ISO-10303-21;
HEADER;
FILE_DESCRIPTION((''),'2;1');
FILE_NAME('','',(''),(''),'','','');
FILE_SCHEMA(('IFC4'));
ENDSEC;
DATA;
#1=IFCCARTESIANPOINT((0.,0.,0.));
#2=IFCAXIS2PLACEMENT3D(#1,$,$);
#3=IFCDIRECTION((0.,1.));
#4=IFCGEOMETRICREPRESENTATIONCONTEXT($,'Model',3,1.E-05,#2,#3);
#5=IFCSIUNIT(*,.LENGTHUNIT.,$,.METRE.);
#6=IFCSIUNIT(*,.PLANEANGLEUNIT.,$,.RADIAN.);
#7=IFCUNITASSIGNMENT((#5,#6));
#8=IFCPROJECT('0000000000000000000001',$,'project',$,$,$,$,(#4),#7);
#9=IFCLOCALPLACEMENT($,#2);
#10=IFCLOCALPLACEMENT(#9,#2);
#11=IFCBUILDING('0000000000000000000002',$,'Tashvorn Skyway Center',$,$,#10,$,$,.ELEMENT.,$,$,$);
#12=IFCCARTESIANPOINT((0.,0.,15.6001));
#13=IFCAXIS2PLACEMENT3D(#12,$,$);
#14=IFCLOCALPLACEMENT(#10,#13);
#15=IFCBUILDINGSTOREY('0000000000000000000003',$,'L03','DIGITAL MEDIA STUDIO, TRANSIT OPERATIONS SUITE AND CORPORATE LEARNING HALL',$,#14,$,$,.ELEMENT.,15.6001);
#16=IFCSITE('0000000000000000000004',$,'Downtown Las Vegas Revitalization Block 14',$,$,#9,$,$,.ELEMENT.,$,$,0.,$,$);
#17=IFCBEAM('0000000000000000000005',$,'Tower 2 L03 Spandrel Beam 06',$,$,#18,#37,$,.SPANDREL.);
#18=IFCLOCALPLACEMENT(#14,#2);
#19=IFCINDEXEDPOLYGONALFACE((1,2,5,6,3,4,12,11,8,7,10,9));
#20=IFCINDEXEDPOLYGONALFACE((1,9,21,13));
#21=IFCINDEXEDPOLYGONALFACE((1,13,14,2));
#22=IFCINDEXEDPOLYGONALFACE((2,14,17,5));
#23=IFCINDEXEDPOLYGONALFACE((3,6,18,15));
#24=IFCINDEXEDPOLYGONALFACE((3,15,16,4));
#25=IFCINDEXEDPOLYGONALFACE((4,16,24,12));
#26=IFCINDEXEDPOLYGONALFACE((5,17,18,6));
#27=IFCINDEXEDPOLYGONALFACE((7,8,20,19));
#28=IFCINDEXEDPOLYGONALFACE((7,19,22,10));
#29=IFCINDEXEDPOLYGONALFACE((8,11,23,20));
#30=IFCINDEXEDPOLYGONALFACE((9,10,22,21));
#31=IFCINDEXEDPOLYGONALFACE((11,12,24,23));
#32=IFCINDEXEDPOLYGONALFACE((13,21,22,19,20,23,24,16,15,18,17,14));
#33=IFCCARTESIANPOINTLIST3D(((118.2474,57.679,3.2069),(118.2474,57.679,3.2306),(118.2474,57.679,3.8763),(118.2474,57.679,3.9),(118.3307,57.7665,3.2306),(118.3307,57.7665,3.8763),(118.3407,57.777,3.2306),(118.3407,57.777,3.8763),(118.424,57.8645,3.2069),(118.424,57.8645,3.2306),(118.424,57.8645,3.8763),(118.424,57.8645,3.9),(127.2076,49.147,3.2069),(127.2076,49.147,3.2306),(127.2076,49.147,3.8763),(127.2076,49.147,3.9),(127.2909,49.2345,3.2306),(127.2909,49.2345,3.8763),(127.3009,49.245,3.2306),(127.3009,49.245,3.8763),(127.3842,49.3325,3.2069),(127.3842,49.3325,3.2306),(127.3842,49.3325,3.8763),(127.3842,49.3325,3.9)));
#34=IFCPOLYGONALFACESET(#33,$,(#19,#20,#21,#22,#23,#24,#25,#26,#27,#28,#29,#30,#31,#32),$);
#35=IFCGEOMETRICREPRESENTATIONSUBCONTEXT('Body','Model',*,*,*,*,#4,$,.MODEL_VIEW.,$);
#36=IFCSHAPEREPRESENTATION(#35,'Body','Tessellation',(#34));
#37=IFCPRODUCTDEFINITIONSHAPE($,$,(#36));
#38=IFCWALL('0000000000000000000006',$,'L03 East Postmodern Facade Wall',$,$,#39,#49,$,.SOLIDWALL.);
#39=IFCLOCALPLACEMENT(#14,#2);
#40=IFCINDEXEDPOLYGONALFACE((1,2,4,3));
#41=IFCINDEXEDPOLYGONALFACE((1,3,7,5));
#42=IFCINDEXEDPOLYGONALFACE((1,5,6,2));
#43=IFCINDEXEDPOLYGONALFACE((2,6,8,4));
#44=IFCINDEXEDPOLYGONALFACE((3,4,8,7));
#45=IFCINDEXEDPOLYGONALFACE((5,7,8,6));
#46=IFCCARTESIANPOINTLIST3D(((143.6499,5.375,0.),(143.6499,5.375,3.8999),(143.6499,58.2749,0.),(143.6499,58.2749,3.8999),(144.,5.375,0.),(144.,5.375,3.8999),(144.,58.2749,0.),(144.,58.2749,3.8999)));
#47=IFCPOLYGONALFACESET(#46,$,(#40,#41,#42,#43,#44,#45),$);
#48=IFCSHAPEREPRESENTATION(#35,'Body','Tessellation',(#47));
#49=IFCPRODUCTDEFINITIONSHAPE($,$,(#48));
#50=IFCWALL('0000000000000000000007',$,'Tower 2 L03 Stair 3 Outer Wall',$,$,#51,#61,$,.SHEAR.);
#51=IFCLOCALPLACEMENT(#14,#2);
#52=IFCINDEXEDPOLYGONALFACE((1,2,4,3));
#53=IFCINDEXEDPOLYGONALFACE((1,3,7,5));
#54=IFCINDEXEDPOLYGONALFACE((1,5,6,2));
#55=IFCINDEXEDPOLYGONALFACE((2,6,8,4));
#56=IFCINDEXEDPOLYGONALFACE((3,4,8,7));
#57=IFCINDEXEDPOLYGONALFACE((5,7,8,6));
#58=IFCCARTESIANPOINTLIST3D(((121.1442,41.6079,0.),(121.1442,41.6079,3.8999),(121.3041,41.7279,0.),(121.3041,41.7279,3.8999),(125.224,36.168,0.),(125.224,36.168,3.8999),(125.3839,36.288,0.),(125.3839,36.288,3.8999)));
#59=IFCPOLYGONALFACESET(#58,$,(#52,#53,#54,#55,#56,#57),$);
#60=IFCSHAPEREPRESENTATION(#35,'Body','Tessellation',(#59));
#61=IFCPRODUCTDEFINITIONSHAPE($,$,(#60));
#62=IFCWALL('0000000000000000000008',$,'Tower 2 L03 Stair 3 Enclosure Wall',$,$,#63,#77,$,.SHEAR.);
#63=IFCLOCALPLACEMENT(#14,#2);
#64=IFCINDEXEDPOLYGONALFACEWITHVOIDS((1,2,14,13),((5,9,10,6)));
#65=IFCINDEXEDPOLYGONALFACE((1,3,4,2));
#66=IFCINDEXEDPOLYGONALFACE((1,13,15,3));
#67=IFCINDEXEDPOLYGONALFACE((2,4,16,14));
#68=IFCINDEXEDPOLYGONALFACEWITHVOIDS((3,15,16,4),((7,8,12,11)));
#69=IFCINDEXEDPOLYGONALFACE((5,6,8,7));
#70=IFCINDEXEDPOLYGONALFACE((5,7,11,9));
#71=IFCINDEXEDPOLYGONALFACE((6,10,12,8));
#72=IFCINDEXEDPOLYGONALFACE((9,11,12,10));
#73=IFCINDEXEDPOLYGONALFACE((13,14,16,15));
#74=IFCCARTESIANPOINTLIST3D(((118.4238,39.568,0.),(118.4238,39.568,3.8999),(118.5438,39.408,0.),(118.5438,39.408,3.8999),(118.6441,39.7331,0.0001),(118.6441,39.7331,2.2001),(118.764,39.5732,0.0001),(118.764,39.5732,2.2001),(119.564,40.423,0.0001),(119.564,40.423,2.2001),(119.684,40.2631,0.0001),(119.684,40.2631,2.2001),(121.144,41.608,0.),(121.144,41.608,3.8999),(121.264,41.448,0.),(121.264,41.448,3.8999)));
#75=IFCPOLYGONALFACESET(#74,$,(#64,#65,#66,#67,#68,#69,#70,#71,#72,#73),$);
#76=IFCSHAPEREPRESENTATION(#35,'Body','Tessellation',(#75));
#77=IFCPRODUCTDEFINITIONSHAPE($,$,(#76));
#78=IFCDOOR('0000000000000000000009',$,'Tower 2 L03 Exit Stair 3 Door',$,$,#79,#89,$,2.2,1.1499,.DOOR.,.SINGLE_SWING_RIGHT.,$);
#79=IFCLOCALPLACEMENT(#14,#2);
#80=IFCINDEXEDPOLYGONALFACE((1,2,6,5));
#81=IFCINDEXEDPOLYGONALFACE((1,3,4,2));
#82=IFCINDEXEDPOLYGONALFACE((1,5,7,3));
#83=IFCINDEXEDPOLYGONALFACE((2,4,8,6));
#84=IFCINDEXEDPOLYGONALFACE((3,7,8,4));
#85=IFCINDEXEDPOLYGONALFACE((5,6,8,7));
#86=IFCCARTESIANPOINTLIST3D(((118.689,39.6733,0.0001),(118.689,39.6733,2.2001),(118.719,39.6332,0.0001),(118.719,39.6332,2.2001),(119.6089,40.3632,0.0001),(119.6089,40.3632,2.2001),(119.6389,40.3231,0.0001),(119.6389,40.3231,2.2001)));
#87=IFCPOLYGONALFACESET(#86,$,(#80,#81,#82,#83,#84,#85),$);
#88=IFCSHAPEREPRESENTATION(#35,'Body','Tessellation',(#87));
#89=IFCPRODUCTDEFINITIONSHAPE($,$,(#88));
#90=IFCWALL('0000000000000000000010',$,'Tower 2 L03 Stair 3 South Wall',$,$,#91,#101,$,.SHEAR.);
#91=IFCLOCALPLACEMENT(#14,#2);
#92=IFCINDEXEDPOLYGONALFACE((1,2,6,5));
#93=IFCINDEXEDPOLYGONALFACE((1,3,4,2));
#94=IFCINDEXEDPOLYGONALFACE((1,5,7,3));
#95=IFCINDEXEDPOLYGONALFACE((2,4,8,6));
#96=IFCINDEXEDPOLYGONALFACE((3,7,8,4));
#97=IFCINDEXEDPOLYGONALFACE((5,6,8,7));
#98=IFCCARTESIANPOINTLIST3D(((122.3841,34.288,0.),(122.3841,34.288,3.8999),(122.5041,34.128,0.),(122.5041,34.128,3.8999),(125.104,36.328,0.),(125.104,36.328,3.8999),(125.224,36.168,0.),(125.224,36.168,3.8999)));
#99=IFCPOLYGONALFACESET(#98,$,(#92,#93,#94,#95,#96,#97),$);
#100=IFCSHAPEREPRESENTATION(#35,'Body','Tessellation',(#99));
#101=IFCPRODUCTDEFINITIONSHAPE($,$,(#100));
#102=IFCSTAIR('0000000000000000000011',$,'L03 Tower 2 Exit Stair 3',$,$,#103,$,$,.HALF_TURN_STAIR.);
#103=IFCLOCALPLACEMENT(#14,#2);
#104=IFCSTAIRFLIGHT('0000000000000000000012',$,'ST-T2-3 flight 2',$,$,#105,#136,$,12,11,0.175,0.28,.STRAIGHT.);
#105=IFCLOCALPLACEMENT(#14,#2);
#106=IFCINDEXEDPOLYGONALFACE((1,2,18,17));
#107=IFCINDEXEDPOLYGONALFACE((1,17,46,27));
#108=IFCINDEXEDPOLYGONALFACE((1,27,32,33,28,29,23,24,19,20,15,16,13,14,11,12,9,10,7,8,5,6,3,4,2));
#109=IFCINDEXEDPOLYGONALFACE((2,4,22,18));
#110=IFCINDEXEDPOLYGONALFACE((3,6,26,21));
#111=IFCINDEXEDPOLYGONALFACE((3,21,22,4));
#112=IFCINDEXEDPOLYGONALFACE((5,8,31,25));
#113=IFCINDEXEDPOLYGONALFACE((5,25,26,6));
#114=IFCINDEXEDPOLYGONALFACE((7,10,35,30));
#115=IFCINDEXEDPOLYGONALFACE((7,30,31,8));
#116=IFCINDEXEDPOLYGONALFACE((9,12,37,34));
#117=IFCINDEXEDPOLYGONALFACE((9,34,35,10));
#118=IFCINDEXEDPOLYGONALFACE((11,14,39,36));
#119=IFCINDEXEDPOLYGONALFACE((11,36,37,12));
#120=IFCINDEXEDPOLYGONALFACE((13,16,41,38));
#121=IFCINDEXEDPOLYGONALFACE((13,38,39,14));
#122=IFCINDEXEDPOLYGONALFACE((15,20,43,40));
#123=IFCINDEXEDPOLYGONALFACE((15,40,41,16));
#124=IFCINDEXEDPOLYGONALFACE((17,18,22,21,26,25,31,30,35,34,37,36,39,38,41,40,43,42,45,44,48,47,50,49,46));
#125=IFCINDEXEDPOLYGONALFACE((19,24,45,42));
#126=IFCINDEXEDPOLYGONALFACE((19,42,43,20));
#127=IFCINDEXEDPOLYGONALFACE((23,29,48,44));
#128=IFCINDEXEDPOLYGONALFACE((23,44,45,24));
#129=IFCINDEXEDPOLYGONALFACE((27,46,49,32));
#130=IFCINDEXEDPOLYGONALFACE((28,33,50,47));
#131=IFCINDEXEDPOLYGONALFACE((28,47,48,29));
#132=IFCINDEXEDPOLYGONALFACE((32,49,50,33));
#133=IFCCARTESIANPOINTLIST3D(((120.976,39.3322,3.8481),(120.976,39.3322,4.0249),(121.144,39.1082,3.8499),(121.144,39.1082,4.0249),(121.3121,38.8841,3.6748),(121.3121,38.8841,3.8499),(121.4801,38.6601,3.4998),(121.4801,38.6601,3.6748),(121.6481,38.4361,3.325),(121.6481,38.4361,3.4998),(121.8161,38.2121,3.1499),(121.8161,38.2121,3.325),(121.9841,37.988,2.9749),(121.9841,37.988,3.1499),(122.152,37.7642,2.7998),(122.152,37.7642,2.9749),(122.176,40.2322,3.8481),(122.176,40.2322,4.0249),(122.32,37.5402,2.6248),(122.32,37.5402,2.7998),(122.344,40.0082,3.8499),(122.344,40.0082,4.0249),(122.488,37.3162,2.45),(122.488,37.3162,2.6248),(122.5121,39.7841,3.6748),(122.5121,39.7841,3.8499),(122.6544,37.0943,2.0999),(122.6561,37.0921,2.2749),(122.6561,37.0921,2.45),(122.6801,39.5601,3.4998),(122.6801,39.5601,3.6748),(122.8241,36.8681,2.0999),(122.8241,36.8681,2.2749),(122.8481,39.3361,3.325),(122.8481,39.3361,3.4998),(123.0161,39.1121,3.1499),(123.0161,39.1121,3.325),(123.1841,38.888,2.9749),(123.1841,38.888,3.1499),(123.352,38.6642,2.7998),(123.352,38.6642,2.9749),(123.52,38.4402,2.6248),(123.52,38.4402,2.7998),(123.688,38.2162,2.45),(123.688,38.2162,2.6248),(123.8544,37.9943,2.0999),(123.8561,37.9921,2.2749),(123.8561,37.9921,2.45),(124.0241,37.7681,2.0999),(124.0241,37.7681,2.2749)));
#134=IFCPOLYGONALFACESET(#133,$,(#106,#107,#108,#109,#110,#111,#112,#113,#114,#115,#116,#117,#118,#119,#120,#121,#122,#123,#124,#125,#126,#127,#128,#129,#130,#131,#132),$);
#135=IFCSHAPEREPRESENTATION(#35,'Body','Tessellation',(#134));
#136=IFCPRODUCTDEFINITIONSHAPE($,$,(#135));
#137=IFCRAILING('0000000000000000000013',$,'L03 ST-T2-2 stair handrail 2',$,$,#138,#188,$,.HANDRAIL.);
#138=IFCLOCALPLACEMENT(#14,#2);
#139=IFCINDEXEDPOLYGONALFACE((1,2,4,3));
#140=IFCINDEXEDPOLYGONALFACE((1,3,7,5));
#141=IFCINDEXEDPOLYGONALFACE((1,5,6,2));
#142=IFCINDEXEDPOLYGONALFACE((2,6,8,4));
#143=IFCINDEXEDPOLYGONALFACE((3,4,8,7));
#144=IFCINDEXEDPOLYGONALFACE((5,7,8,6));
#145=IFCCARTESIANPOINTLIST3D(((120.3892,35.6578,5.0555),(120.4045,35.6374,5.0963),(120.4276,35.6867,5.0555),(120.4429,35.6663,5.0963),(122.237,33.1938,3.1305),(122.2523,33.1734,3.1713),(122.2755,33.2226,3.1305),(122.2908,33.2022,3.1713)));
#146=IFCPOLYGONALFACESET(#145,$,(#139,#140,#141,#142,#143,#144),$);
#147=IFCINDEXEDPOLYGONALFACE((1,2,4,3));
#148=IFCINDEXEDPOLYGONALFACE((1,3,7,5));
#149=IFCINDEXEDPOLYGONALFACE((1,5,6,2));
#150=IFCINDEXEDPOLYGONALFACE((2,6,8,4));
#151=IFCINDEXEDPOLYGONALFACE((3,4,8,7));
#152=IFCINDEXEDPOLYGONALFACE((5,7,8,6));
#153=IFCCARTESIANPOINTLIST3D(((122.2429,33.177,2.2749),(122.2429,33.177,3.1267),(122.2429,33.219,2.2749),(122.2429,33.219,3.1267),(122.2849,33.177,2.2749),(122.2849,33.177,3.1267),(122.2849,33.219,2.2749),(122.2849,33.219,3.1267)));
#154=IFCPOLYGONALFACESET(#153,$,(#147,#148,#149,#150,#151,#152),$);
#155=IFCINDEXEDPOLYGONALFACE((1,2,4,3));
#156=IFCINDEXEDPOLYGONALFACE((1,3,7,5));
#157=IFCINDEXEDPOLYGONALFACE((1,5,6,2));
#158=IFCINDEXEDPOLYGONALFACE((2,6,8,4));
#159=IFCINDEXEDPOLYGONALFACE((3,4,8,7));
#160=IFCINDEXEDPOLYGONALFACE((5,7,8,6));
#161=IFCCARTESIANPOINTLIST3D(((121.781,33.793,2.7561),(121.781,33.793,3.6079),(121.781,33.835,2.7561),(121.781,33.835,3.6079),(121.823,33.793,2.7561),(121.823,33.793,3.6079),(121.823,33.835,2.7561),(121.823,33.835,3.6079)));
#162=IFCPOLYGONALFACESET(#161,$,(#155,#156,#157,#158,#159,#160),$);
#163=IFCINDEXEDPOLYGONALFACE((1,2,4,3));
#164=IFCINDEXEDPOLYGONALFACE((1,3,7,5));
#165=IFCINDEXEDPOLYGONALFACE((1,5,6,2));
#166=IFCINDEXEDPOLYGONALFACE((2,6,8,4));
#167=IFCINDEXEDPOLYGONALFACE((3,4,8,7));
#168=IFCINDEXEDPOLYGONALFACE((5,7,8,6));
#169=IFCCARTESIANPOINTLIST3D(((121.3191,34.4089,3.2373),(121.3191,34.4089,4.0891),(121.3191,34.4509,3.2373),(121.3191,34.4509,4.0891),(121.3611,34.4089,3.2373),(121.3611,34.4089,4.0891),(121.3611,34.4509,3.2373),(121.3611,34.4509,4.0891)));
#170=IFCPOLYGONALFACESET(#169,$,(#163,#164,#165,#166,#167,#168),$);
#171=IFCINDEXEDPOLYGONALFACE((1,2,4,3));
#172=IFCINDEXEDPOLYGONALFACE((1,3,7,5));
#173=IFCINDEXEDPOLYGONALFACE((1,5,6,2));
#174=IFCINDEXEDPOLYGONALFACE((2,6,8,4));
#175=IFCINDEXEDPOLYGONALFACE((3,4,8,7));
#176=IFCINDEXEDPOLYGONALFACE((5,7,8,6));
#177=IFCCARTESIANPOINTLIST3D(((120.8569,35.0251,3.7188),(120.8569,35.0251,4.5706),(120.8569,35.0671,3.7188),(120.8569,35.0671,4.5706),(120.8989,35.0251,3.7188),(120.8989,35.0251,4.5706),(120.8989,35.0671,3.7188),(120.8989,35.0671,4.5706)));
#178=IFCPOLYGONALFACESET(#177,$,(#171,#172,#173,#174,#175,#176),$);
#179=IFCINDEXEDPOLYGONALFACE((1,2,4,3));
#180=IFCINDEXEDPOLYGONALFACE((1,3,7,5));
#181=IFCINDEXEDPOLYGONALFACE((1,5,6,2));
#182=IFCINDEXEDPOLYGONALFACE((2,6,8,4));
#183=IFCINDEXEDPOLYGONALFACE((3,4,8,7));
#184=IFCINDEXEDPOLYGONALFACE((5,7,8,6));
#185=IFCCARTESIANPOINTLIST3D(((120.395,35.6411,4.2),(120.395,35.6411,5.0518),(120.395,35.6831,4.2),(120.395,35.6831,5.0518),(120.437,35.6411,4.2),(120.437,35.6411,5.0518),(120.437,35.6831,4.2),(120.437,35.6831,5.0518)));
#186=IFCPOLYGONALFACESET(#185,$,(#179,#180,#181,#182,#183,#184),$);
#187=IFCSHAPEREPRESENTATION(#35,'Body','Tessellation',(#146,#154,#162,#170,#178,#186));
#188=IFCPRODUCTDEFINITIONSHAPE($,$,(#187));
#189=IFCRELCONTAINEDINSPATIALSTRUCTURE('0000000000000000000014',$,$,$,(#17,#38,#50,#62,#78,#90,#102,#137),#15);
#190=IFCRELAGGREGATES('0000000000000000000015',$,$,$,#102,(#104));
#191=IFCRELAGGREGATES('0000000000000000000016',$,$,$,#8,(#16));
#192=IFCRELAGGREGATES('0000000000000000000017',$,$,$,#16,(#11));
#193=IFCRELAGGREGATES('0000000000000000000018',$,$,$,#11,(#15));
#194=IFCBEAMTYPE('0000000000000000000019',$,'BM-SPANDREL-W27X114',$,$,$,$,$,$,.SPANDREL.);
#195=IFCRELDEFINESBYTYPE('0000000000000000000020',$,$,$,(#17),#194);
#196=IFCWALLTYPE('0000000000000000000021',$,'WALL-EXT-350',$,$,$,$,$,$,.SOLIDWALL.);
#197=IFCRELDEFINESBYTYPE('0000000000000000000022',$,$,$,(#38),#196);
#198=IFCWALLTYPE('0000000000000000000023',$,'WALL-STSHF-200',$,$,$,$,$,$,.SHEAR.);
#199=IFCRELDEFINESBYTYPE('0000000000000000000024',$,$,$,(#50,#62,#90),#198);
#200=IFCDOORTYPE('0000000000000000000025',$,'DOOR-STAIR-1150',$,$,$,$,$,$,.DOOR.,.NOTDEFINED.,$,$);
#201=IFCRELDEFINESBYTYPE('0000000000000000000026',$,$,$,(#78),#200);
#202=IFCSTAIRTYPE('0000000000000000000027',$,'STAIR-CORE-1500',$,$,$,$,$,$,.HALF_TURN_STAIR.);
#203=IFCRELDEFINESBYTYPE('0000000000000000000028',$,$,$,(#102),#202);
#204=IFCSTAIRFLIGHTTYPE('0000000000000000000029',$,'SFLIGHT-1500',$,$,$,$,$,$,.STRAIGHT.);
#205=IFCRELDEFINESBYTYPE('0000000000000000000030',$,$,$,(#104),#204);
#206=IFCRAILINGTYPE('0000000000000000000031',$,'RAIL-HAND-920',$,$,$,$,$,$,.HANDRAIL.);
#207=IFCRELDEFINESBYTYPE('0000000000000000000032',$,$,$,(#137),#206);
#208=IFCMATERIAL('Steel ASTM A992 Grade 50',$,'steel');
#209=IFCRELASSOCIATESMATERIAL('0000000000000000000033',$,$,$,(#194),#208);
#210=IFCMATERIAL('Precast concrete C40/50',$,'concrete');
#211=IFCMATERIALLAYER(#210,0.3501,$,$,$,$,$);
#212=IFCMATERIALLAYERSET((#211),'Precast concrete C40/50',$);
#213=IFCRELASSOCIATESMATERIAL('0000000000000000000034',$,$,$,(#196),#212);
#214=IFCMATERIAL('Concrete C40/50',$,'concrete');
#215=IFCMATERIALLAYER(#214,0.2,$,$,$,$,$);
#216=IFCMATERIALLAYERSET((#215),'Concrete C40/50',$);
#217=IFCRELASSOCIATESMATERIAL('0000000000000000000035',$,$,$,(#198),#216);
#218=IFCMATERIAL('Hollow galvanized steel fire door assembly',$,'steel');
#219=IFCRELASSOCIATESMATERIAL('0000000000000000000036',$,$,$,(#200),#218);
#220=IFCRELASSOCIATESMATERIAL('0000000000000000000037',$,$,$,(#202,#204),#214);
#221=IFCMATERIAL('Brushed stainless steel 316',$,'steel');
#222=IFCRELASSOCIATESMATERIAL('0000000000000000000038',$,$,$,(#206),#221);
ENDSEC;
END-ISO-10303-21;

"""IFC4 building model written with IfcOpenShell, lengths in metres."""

from ifc_helpers import new_model, si_unit, direction, frame, frame_2d, origin, origin_2d, place, context, subcontext, project, spatial, polyline, rectangle, i_section, outline, extrude, material, layer, layer_set, material_profile, profile_set, type_object, element, fill, aggregate, save


model = new_model("IFC4")

# Units and contexts
model_context = context("Model", 3, precision=1e-05, world=origin(), true_north=direction((0.0, 1.0)))
body_context = subcontext(model_context, "Body", "Model", "MODEL_VIEW")
ifc_project = project(units=[si_unit("LENGTHUNIT", "METRE"), si_unit("PLANEANGLEUNIT", "RADIAN")], contexts=[model_context])

# Site, building, storey
site_placement = place(None, origin())
site = spatial("IfcSite", under=ifc_project, at=site_placement, Name="Downtown Las Vegas Revitalization Block 14", CompositionType="ELEMENT", RefElevation=0.0)
building_placement = place(site_placement, origin())
building = spatial("IfcBuilding", under=site, at=building_placement, Name="Tashvorn Skyway Center", CompositionType="ELEMENT")
storey_placement = place(building_placement, frame((0.0, 0.0, 15.6001)))
storey = spatial("IfcBuildingStorey", under=building, at=storey_placement, Name="L03", Description="DIGITAL MEDIA STUDIO, TRANSIT OPERATIONS SUITE AND CORPORATE LEARNING HALL", CompositionType="ELEMENT", Elevation=15.6001)

# Beam
ifc_material_1 = material(Name="Steel ASTM A992 Grade 50", Category="steel")
ifc_material_profile_1 = material_profile(ifc_material_1, i_section(OverallWidth=0.2561, OverallDepth=0.6931, WebThickness=0.0144, FlangeThickness=0.0237, at=origin_2d()), Name="W27X114")
ifc_profile_set_1 = profile_set([ifc_material_profile_1], Name="Steel ASTM A992 Grade 50")
beam_type_1 = type_object("IfcBeamType", Name="BM-SPANDREL-W27X114", PredefinedType="SPANDREL", material=ifc_profile_set_1)
beam_1_placement = place(storey_placement, frame((127.2959, 49.2397, 3.5535), z_axis=(-0.7242, 0.68959, 0.0), x_axis=(-0.68959, -0.7242, 0.0)))
element("IfcBeam", 1, at=beam_1_placement, inside=storey, type_object=beam_type_1, Name="Tower 2 L03 Spandrel Beam 06", PredefinedType="SPANDREL", context=body_context, shape_type="SweptSolid", body=[
    extrude(i_section(OverallWidth=0.2561, OverallDepth=0.6931, WebThickness=0.0144, FlangeThickness=0.0237, at=origin_2d()), origin(), (0.0, 0.0, 1.0), 12.3726),
])

# Walls
ifc_material_2 = material(Name="Precast concrete C40/50", Category="concrete")
ifc_layer_1 = layer(ifc_material_2, 0.3501)
ifc_layer_set_1 = layer_set([ifc_layer_1], Name="Precast concrete C40/50")
wall_type_1 = type_object("IfcWallType", Name="WALL-EXT-350", PredefinedType="SOLIDWALL", material=ifc_layer_set_1)
wall_1_placement = place(storey_placement, frame((143.825, 58.2749, 0.0), z_axis=(0.0, 0.0, 1.0), x_axis=(0.0, -1.0, 0.0)))
element("IfcWall", 2, at=wall_1_placement, inside=storey, type_object=wall_type_1, Name="L03 East Postmodern Facade Wall", PredefinedType="SOLIDWALL", context=body_context, shape_type="SweptSolid", body=[
    extrude(rectangle(XDim=52.8999, YDim=0.3501, at=frame_2d((26.45, 0.0))), origin(), (0.0, 0.0, 1.0), 3.8999),
])
ifc_material_3 = material(Name="Concrete C40/50", Category="concrete")
ifc_layer_2 = layer(ifc_material_3, 0.2)
ifc_layer_set_2 = layer_set([ifc_layer_2], Name="Concrete C40/50")
wall_type_2 = type_object("IfcWallType", Name="WALL-STSHF-200", PredefinedType="SHEAR", material=ifc_layer_set_2)
wall_2_placement = place(storey_placement, frame((125.304, 36.228, 0.0), z_axis=(0.0, 0.0, 1.0), x_axis=(-0.599989, 0.800009, 0.0)))
element("IfcWall", 3, at=wall_2_placement, inside=storey, type_object=wall_type_2, Name="Tower 2 L03 Stair 3 Outer Wall", PredefinedType="SHEAR", context=body_context, shape_type="SweptSolid", body=[
    extrude(rectangle(XDim=6.7998, YDim=0.2, at=frame_2d((3.3999, 0.0))), origin(), (0.0, 0.0, 1.0), 3.8999),
])

# Wall, opening, door
wall_3_placement = place(storey_placement, frame((121.2041, 41.5281, 0.0), z_axis=(0.0, 0.0, 1.0), x_axis=(-0.800017, -0.599977, 0.0)))
wall_3 = element("IfcWall", 4, at=wall_3_placement, inside=storey, type_object=wall_type_2, Name="Tower 2 L03 Stair 3 Enclosure Wall", PredefinedType="SHEAR", context=body_context, shape_type="SweptSolid", body=[
    extrude(rectangle(XDim=3.4001, YDim=0.2, at=frame_2d((1.7002, 0.0))), origin(), (0.0, 0.0, 1.0), 3.8999),
])
opening_placement = place(wall_3_placement, frame((1.9751, 0.0, 0.0)))
opening = element("IfcOpeningElement", 5, at=opening_placement, cuts=wall_3, PredefinedType="OPENING", context=body_context, shape_type="SweptSolid", body=[
    extrude(rectangle(XDim=1.1499, YDim=2.2, at=frame_2d((0.575, 1.1001))), frame((0.0, 0.1099, 0.0), z_axis=(0.0, -1.0, 0.0), x_axis=(1.0, 0.0, 0.0)), (0.0, 0.0, 1.0), 0.22),
])
ifc_material_4 = material(Name="Hollow galvanized steel fire door assembly", Category="steel")
door_type = type_object("IfcDoorType", Name="DOOR-STAIR-1150", OperationType="NOTDEFINED", PredefinedType="DOOR", material=ifc_material_4)
door_placement = place(opening_placement, origin())
door = element("IfcDoor", 6, at=door_placement, inside=storey, type_object=door_type, Name="Tower 2 L03 Exit Stair 3 Door", OperationType="SINGLE_SWING_RIGHT", OverallHeight=2.2, OverallWidth=1.1499, PredefinedType="DOOR", context=body_context, shape_type="SweptSolid", body=[
    extrude(rectangle(XDim=1.1499, YDim=2.2, at=frame_2d((0.575, 1.1001))), frame((0.0, 0.0249, 0.0), z_axis=(0.0, -1.0, 0.0), x_axis=(1.0, 0.0, 0.0)), (0.0, 0.0, 1.0), 0.05),
])
fill(opening, door)

# Wall
wall_4_placement = place(storey_placement, frame((122.4441, 34.208, 0.0), z_axis=(0.0, 0.0, 1.0), x_axis=(0.799991, 0.600011, 0.0)))
element("IfcWall", 7, at=wall_4_placement, inside=storey, type_object=wall_type_2, Name="Tower 2 L03 Stair 3 South Wall", PredefinedType="SHEAR", context=body_context, shape_type="SweptSolid", body=[
    extrude(rectangle(XDim=3.3999, YDim=0.2, at=frame_2d((1.7, 0.0))), origin(), (0.0, 0.0, 1.0), 3.8999),
])

# Stair, stair flight
stair_type = type_object("IfcStairType", Name="STAIR-CORE-1500", PredefinedType="HALF_TURN_STAIR", material=ifc_material_3)
stair_placement = place(storey_placement, origin())
stair = element("IfcStair", 8, at=stair_placement, inside=storey, type_object=stair_type, Name="L03 Tower 2 Exit Stair 3", PredefinedType="HALF_TURN_STAIR")
stair_flight_type = type_object("IfcStairFlightType", Name="SFLIGHT-1500", PredefinedType="STRAIGHT", material=ifc_material_3)
stair_flight_placement = place(storey_placement, frame((123.4241, 37.3181, 2.0999), z_axis=(0.0, 0.0, 1.0), x_axis=(-0.6, 0.8, 0.0)))
stair_flight = element("IfcStairFlight", 9, at=stair_flight_placement, type_object=stair_flight_type, Name="ST-T2-3 flight 2", NumberOfRisers=12, NumberOfTreads=11, PredefinedType="STRAIGHT", RiserHeight=0.175, TreadLength=0.28, context=body_context, shape_type="SweptSolid", body=[
    extrude(outline(polyline([(0.0, 0.0), (0.0, 0.175), (0.28, 0.175), (0.28, 0.3501), (0.5601, 0.3501), (0.5601, 0.5249), (0.8401, 0.5249), (0.8401, 0.7), (1.1201, 0.7), (1.1201, 0.875), (1.3999, 0.875), (1.3999, 1.05), (1.6799, 1.05), (1.6799, 1.2251), (1.96, 1.2251), (1.96, 1.3999), (2.24, 1.3999), (2.24, 1.575), (2.52, 1.575), (2.52, 1.75), (2.8, 1.75), (2.8, 1.925), (3.0801, 1.925), (3.0801, 2.1001), (3.0801, 1.7483), (0.2827, 0.0), (0.0, 0.0)])), frame((0.0, 0.75, 0.0), z_axis=(0.0, -1.0, 0.0), x_axis=(1.0, 0.0, 0.0)), (0.0, 0.0, 1.0), 1.5),
])
aggregate(stair, [stair_flight])

# Railing
ifc_material_5 = material(Name="Brushed stainless steel 316", Category="steel")
railing_type_1 = type_object("IfcRailingType", Name="RAIL-HAND-920", PredefinedType="HANDRAIL", material=ifc_material_5)
railing_1_placement = place(storey_placement, frame((122.2639, 33.198, 2.2749)))
element("IfcRailing", 10, at=railing_1_placement, inside=storey, type_object=railing_type_1, Name="L03 ST-T2-2 stair handrail 2", PredefinedType="HANDRAIL", context=body_context, shape_type="SweptSolid", body=[
    extrude(rectangle(XDim=0.0481, YDim=0.0481, at=origin_2d()), frame((0.0, 0.0, 0.876), z_axis=(-0.508764, 0.67842, 0.530005), x_axis=(-0.800029, -0.599962, 0.0)), (0.0, 0.0, 1.0), 3.6321),
    extrude(rectangle(XDim=0.042, YDim=0.042, at=origin_2d()), origin(), (0.0, 0.0, 1.0), 0.8518),
    extrude(rectangle(XDim=0.042, YDim=0.042, at=origin_2d()), frame((-0.4619, 0.616, 0.4812)), (0.0, 0.0, 1.0), 0.8518),
    extrude(rectangle(XDim=0.042, YDim=0.042, at=origin_2d()), frame((-0.9238, 1.2319, 0.9624)), (0.0, 0.0, 1.0), 0.8518),
    extrude(rectangle(XDim=0.042, YDim=0.042, at=origin_2d()), frame((-1.386, 1.8481, 1.4438)), (0.0, 0.0, 1.0), 0.8518),
    extrude(rectangle(XDim=0.042, YDim=0.042, at=origin_2d()), frame((-1.8479, 2.4641, 1.925)), (0.0, 0.0, 1.0), 0.8518),
])

save(model, "model.ifc")
